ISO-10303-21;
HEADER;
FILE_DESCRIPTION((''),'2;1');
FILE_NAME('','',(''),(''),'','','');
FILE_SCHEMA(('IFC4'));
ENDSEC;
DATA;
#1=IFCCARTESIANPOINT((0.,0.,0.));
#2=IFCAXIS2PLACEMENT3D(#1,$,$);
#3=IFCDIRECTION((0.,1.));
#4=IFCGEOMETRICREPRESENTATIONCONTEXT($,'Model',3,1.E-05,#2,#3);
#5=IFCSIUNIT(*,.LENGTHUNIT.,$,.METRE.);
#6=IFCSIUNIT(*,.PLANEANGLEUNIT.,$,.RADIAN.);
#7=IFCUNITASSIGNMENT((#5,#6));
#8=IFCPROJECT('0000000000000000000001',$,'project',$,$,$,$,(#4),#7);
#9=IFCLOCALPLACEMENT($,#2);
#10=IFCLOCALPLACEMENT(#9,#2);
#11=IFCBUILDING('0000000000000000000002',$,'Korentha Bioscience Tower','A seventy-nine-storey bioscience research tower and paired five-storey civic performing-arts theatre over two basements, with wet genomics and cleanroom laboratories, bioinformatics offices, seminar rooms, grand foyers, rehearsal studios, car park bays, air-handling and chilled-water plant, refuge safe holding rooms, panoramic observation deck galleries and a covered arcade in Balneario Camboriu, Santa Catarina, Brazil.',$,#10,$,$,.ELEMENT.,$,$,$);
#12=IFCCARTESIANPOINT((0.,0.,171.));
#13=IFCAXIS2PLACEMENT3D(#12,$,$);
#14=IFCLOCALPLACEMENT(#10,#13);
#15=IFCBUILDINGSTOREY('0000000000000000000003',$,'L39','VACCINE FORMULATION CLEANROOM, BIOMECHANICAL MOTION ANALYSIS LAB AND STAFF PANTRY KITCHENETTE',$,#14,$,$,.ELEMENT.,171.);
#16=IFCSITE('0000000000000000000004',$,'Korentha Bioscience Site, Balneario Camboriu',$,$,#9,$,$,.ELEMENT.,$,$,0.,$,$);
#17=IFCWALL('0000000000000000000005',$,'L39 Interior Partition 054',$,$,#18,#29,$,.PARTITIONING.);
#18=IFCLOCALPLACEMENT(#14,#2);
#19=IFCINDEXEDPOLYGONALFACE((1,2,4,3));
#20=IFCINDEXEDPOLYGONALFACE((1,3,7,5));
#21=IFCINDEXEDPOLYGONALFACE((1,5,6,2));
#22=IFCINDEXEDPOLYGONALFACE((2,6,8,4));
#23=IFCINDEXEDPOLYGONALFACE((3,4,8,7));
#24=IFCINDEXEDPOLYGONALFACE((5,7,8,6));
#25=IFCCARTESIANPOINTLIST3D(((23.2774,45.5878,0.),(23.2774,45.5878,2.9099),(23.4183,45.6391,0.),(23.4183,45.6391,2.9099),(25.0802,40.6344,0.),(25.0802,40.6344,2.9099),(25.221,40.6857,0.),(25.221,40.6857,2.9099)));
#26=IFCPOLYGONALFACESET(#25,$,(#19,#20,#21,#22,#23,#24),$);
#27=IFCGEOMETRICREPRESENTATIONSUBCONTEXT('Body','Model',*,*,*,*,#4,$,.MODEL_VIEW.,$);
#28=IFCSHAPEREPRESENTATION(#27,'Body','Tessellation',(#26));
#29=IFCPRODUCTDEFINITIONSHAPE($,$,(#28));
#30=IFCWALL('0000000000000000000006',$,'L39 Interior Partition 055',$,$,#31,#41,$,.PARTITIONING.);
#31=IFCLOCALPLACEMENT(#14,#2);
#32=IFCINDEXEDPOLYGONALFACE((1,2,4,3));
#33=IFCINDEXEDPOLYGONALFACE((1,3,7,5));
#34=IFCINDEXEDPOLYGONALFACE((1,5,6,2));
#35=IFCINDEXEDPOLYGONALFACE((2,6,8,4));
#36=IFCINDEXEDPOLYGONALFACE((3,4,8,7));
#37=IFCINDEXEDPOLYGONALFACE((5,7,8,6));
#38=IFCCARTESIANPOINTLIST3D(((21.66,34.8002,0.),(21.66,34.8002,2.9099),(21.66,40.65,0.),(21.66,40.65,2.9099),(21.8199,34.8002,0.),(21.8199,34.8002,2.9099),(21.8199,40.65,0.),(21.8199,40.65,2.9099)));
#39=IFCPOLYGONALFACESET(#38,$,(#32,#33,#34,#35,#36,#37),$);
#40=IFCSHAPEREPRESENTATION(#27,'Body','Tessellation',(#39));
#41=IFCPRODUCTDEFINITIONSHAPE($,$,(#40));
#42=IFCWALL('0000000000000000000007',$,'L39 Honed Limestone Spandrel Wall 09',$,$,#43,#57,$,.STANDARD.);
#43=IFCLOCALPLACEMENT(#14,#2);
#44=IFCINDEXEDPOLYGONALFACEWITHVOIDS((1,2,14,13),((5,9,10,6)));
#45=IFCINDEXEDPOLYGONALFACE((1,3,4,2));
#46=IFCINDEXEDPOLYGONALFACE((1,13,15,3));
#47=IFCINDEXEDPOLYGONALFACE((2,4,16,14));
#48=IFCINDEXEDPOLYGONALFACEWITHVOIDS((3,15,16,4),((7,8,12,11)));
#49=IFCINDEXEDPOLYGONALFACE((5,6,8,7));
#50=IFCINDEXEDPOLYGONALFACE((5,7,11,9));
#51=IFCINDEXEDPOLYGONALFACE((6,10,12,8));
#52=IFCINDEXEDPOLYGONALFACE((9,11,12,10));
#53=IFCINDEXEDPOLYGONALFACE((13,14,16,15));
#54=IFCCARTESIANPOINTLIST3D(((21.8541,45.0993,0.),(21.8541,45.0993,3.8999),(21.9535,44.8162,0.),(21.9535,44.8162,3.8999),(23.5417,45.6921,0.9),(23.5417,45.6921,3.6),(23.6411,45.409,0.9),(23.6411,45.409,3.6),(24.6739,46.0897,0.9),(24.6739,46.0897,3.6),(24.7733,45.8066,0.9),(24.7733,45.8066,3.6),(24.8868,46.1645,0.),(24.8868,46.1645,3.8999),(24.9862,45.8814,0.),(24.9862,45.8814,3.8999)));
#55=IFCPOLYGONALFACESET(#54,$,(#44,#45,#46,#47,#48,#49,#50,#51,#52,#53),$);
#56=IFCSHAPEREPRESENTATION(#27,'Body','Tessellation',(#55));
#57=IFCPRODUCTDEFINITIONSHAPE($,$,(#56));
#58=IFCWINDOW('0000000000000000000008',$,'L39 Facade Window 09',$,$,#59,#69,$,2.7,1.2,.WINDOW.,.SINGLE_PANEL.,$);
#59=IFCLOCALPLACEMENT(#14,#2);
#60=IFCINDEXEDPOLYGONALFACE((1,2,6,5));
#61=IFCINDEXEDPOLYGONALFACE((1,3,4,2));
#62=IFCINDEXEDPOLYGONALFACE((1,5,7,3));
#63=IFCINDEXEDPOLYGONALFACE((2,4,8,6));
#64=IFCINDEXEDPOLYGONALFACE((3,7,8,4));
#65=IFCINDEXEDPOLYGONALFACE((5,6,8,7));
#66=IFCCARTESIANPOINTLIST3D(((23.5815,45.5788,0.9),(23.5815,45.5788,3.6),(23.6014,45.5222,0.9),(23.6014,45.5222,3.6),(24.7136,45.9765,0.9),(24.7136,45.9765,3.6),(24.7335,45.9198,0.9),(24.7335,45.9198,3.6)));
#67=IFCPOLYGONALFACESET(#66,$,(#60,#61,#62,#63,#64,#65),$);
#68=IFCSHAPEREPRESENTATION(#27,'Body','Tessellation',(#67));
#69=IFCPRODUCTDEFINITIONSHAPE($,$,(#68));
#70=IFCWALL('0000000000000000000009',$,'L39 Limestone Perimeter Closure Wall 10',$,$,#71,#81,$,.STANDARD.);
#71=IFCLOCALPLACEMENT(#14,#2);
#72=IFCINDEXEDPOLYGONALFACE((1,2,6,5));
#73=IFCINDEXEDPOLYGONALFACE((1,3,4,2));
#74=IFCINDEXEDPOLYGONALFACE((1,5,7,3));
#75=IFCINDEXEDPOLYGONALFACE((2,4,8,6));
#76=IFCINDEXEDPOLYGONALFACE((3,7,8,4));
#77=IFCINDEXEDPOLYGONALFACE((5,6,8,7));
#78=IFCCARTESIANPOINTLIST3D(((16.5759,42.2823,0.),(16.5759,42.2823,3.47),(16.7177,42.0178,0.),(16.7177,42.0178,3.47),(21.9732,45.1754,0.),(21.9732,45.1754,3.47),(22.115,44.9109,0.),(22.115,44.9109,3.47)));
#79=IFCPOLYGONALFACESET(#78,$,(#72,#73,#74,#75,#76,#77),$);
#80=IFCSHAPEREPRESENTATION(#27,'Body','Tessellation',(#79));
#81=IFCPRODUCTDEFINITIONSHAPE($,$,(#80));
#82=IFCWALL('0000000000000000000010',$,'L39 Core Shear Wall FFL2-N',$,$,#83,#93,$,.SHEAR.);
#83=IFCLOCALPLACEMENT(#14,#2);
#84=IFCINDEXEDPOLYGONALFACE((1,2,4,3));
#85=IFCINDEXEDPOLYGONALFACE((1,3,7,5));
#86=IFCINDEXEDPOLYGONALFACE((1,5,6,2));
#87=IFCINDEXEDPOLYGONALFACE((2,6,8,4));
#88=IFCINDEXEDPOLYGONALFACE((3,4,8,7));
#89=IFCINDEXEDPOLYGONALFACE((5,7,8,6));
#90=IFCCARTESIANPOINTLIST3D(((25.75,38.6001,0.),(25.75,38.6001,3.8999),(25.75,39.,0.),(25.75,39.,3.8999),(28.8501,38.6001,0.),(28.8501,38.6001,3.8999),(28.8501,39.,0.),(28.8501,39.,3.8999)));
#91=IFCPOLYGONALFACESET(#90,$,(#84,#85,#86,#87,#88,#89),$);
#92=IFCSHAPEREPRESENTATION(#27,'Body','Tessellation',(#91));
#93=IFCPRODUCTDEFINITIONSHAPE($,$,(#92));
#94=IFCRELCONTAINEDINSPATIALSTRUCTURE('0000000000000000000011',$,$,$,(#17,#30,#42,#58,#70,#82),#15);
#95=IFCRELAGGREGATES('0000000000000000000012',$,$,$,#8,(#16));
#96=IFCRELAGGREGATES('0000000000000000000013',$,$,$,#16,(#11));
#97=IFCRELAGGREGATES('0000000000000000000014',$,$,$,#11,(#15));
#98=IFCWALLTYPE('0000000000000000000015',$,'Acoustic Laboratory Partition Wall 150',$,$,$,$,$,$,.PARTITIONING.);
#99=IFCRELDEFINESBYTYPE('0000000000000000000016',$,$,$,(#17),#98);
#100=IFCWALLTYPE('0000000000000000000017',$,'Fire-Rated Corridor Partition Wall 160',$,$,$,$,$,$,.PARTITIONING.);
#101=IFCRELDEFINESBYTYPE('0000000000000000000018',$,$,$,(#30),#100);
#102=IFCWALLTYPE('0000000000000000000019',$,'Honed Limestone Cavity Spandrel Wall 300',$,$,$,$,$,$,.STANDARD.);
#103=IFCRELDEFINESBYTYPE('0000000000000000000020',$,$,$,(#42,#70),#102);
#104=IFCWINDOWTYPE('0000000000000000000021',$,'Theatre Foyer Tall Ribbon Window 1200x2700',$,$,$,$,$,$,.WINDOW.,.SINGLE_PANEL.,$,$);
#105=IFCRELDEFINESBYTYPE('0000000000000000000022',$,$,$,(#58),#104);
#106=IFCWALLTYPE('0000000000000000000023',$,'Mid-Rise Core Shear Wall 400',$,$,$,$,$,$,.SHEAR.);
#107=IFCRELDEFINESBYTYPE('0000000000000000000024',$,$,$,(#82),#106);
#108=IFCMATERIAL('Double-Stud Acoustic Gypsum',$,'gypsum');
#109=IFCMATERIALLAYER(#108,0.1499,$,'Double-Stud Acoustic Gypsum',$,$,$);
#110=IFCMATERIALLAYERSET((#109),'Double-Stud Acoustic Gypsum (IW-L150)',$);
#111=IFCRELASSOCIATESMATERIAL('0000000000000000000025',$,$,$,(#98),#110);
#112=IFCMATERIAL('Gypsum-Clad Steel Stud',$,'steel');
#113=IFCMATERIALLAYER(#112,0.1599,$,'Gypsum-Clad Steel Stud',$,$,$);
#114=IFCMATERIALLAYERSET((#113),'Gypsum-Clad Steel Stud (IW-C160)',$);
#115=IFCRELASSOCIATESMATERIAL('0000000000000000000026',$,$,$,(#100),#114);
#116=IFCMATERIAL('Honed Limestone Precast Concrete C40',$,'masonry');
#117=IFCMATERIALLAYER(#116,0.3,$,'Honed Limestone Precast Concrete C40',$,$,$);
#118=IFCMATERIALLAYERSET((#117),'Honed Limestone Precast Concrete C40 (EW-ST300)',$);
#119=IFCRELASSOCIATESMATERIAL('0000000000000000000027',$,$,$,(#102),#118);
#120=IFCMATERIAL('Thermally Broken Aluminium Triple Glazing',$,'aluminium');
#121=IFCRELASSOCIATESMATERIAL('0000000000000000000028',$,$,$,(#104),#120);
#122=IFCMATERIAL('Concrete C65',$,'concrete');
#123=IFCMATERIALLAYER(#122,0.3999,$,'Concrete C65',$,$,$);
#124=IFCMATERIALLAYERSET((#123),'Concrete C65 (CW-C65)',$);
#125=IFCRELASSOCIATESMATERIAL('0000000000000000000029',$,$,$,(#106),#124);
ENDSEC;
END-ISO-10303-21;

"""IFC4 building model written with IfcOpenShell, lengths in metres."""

from ifc_helpers import new_model, si_unit, direction, frame, frame_2d, origin, place, context, subcontext, project, spatial, rectangle, extrude, material, layer, layer_set, type_object, element, fill, save


model = new_model("IFC4")

# Units and contexts
model_context = context("Model", 3, precision=1e-05, world=origin(), true_north=direction((0.0, 1.0)))
body_context = subcontext(model_context, "Body", "Model", "MODEL_VIEW")
ifc_project = project(units=[si_unit("LENGTHUNIT", "METRE"), si_unit("PLANEANGLEUNIT", "RADIAN")], contexts=[model_context])

# Site, building, storey
site_placement = place(None, origin())
site = spatial("IfcSite", under=ifc_project, at=site_placement, Name="Korentha Bioscience Site, Balneario Camboriu", CompositionType="ELEMENT", RefElevation=0.0)
building_placement = place(site_placement, origin())
building = spatial("IfcBuilding", under=site, at=building_placement, Name="Korentha Bioscience Tower", Description="A seventy-nine-storey bioscience research tower and paired five-storey civic performing-arts theatre over two basements, with wet genomics and cleanroom laboratories, bioinformatics offices, seminar rooms, grand foyers, rehearsal studios, car park bays, air-handling and chilled-water plant, refuge safe holding rooms, panoramic observation deck galleries and a covered arcade in Balneario Camboriu, Santa Catarina, Brazil.", CompositionType="ELEMENT")
storey_placement = place(building_placement, frame((0.0, 0.0, 171.0)))
storey = spatial("IfcBuildingStorey", under=building, at=storey_placement, Name="L39", Description="VACCINE FORMULATION CLEANROOM, BIOMECHANICAL MOTION ANALYSIS LAB AND STAFF PANTRY KITCHENETTE", CompositionType="ELEMENT", Elevation=171.0)

# Shared definitions
ifc_material_1 = material(Name="Concrete C65", Category="concrete")

# Wall
ifc_material_2 = material(Name="Double-Stud Acoustic Gypsum", Category="gypsum")
ifc_layer_1 = layer(ifc_material_2, 0.1499, Name="Double-Stud Acoustic Gypsum")
ifc_layer_set_1 = layer_set([ifc_layer_1], Name="Double-Stud Acoustic Gypsum (IW-L150)")
wall_type_1 = type_object("IfcWallType", Name="Acoustic Laboratory Partition Wall 150", PredefinedType="PARTITIONING", material=ifc_layer_set_1)
wall_1_placement = place(storey_placement, frame((25.1506, 40.6599, 0.0), z_axis=(0.0, 0.0, 1.0), x_axis=(-0.341996, 0.939701, 0.0)))
element("IfcWall", 1, at=wall_1_placement, inside=storey, type_object=wall_type_1, Name="L39 Interior Partition 054", PredefinedType="PARTITIONING", context=body_context, shape_type="SweptSolid", body=[
    extrude(rectangle(XDim=5.2712, YDim=0.1499, at=frame_2d((2.6357, 0.0))), origin(), (0.0, 0.0, 1.0), 2.9099),
])

# Shared definitions
ifc_material_3 = material(Name="Gypsum-Clad Steel Stud", Category="steel")
ifc_layer_2 = layer(ifc_material_3, 0.1599, Name="Gypsum-Clad Steel Stud")
ifc_layer_set_2 = layer_set([ifc_layer_2], Name="Gypsum-Clad Steel Stud (IW-C160)")
wall_type_2 = type_object("IfcWallType", Name="Fire-Rated Corridor Partition Wall 160", PredefinedType="PARTITIONING", material=ifc_layer_set_2)

# Wall
wall_2_placement = place(storey_placement, frame((21.74, 40.6499, 0.0), z_axis=(0.0, 0.0, 1.0), x_axis=(0.0, -1.0, 0.0)))
element("IfcWall", 2, at=wall_2_placement, inside=storey, type_object=wall_type_2, Name="L39 Interior Partition 055", PredefinedType="PARTITIONING", context=body_context, shape_type="SweptSolid", body=[
    extrude(rectangle(XDim=5.8499, YDim=0.1599, at=frame_2d((2.9248, 0.0))), origin(), (0.0, 0.0, 1.0), 2.9099),
])

# Shared definitions
ifc_material_4 = material(Name="Honed Limestone Precast Concrete C40", Category="masonry")
ifc_layer_3 = layer(ifc_material_4, 0.3, Name="Honed Limestone Precast Concrete C40")
ifc_layer_set_3 = layer_set([ifc_layer_3], Name="Honed Limestone Precast Concrete C40 (EW-ST300)")
wall_type_3 = type_object("IfcWallType", Name="Honed Limestone Cavity Spandrel Wall 300", PredefinedType="STANDARD", material=ifc_layer_set_3)

# Wall, opening, window
wall_3_placement = place(storey_placement, frame((24.9365, 46.0229, 0.0), z_axis=(0.0, 0.0, 1.0), x_axis=(-0.943495, -0.331385, 0.0)))
wall_3 = element("IfcWall", 3, at=wall_3_placement, inside=storey, type_object=wall_type_3, Name="L39 Honed Limestone Spandrel Wall 09", PredefinedType="STANDARD", context=body_context, shape_type="SweptSolid", body=[
    extrude(rectangle(XDim=3.2144, YDim=0.3, at=frame_2d((1.6072, 0.0))), origin(), (0.0, 0.0, 1.0), 3.8999),
])
opening_1_placement = place(wall_3_placement, frame((0.2256, 0.0, 0.8999)))
opening_1 = element("IfcOpeningElement", 4, at=opening_1_placement, cuts=wall_3, PredefinedType="OPENING", context=body_context, shape_type="SweptSolid", body=[
    extrude(rectangle(XDim=1.2, YDim=2.7, at=frame_2d((0.6001, 1.3501))), frame((0.0, 0.165, 0.0), z_axis=(0.0, -1.0, 0.0), x_axis=(1.0, 0.0, 0.0)), (0.0, 0.0, 1.0), 0.3298),
])
ifc_material_5 = material(Name="Thermally Broken Aluminium Triple Glazing", Category="aluminium")
window_type = type_object("IfcWindowType", Name="Theatre Foyer Tall Ribbon Window 1200x2700", PartitioningType="SINGLE_PANEL", PredefinedType="WINDOW", material=ifc_material_5)
window_placement = place(opening_1_placement, origin())
window = element("IfcWindow", 5, at=window_placement, inside=storey, type_object=window_type, Name="L39 Facade Window 09", OverallHeight=2.7, OverallWidth=1.2, PartitioningType="SINGLE_PANEL", PredefinedType="WINDOW", context=body_context, shape_type="SweptSolid", body=[
    extrude(rectangle(XDim=1.2, YDim=2.7, at=frame_2d((0.6001, 1.3501))), frame((0.0, 0.03, 0.0), z_axis=(0.0, -1.0, 0.0), x_axis=(1.0, 0.0, 0.0)), (0.0, 0.0, 1.0), 0.0601),
])
fill(opening_1, window)

# Walls
wall_4_placement = place(storey_placement, frame((22.0442, 45.0432, 0.0), z_axis=(0.0, 0.0, 1.0), x_axis=(-0.881364, -0.472437, 0.0)))
element("IfcWall", 6, at=wall_4_placement, inside=storey, type_object=wall_type_3, Name="L39 Limestone Perimeter Closure Wall 10", PredefinedType="STANDARD", context=body_context, shape_type="SweptSolid", body=[
    extrude(rectangle(XDim=6.1238, YDim=0.3, at=frame_2d((3.062, 0.0))), origin(), (0.0, 0.0, 1.0), 3.47),
])
ifc_layer_4 = layer(ifc_material_1, 0.3999, Name="Concrete C65")
ifc_layer_set_4 = layer_set([ifc_layer_4], Name="Concrete C65 (CW-C65)")
wall_type_4 = type_object("IfcWallType", Name="Mid-Rise Core Shear Wall 400", PredefinedType="SHEAR", material=ifc_layer_set_4)
wall_5_placement = place(storey_placement, frame((25.75, 38.8, 0.0), z_axis=(0.0, 0.0, 1.0), x_axis=(1.0, 0.0, 0.0)))
element("IfcWall", 7, at=wall_5_placement, inside=storey, type_object=wall_type_4, Name="L39 Core Shear Wall FFL2-N", PredefinedType="SHEAR", context=body_context, shape_type="SweptSolid", body=[
    extrude(rectangle(XDim=3.1001, YDim=0.3999, at=frame_2d((1.55, 0.0))), origin(), (0.0, 0.0, 1.0), 3.8999),
])

save(model, "model.ifc")
